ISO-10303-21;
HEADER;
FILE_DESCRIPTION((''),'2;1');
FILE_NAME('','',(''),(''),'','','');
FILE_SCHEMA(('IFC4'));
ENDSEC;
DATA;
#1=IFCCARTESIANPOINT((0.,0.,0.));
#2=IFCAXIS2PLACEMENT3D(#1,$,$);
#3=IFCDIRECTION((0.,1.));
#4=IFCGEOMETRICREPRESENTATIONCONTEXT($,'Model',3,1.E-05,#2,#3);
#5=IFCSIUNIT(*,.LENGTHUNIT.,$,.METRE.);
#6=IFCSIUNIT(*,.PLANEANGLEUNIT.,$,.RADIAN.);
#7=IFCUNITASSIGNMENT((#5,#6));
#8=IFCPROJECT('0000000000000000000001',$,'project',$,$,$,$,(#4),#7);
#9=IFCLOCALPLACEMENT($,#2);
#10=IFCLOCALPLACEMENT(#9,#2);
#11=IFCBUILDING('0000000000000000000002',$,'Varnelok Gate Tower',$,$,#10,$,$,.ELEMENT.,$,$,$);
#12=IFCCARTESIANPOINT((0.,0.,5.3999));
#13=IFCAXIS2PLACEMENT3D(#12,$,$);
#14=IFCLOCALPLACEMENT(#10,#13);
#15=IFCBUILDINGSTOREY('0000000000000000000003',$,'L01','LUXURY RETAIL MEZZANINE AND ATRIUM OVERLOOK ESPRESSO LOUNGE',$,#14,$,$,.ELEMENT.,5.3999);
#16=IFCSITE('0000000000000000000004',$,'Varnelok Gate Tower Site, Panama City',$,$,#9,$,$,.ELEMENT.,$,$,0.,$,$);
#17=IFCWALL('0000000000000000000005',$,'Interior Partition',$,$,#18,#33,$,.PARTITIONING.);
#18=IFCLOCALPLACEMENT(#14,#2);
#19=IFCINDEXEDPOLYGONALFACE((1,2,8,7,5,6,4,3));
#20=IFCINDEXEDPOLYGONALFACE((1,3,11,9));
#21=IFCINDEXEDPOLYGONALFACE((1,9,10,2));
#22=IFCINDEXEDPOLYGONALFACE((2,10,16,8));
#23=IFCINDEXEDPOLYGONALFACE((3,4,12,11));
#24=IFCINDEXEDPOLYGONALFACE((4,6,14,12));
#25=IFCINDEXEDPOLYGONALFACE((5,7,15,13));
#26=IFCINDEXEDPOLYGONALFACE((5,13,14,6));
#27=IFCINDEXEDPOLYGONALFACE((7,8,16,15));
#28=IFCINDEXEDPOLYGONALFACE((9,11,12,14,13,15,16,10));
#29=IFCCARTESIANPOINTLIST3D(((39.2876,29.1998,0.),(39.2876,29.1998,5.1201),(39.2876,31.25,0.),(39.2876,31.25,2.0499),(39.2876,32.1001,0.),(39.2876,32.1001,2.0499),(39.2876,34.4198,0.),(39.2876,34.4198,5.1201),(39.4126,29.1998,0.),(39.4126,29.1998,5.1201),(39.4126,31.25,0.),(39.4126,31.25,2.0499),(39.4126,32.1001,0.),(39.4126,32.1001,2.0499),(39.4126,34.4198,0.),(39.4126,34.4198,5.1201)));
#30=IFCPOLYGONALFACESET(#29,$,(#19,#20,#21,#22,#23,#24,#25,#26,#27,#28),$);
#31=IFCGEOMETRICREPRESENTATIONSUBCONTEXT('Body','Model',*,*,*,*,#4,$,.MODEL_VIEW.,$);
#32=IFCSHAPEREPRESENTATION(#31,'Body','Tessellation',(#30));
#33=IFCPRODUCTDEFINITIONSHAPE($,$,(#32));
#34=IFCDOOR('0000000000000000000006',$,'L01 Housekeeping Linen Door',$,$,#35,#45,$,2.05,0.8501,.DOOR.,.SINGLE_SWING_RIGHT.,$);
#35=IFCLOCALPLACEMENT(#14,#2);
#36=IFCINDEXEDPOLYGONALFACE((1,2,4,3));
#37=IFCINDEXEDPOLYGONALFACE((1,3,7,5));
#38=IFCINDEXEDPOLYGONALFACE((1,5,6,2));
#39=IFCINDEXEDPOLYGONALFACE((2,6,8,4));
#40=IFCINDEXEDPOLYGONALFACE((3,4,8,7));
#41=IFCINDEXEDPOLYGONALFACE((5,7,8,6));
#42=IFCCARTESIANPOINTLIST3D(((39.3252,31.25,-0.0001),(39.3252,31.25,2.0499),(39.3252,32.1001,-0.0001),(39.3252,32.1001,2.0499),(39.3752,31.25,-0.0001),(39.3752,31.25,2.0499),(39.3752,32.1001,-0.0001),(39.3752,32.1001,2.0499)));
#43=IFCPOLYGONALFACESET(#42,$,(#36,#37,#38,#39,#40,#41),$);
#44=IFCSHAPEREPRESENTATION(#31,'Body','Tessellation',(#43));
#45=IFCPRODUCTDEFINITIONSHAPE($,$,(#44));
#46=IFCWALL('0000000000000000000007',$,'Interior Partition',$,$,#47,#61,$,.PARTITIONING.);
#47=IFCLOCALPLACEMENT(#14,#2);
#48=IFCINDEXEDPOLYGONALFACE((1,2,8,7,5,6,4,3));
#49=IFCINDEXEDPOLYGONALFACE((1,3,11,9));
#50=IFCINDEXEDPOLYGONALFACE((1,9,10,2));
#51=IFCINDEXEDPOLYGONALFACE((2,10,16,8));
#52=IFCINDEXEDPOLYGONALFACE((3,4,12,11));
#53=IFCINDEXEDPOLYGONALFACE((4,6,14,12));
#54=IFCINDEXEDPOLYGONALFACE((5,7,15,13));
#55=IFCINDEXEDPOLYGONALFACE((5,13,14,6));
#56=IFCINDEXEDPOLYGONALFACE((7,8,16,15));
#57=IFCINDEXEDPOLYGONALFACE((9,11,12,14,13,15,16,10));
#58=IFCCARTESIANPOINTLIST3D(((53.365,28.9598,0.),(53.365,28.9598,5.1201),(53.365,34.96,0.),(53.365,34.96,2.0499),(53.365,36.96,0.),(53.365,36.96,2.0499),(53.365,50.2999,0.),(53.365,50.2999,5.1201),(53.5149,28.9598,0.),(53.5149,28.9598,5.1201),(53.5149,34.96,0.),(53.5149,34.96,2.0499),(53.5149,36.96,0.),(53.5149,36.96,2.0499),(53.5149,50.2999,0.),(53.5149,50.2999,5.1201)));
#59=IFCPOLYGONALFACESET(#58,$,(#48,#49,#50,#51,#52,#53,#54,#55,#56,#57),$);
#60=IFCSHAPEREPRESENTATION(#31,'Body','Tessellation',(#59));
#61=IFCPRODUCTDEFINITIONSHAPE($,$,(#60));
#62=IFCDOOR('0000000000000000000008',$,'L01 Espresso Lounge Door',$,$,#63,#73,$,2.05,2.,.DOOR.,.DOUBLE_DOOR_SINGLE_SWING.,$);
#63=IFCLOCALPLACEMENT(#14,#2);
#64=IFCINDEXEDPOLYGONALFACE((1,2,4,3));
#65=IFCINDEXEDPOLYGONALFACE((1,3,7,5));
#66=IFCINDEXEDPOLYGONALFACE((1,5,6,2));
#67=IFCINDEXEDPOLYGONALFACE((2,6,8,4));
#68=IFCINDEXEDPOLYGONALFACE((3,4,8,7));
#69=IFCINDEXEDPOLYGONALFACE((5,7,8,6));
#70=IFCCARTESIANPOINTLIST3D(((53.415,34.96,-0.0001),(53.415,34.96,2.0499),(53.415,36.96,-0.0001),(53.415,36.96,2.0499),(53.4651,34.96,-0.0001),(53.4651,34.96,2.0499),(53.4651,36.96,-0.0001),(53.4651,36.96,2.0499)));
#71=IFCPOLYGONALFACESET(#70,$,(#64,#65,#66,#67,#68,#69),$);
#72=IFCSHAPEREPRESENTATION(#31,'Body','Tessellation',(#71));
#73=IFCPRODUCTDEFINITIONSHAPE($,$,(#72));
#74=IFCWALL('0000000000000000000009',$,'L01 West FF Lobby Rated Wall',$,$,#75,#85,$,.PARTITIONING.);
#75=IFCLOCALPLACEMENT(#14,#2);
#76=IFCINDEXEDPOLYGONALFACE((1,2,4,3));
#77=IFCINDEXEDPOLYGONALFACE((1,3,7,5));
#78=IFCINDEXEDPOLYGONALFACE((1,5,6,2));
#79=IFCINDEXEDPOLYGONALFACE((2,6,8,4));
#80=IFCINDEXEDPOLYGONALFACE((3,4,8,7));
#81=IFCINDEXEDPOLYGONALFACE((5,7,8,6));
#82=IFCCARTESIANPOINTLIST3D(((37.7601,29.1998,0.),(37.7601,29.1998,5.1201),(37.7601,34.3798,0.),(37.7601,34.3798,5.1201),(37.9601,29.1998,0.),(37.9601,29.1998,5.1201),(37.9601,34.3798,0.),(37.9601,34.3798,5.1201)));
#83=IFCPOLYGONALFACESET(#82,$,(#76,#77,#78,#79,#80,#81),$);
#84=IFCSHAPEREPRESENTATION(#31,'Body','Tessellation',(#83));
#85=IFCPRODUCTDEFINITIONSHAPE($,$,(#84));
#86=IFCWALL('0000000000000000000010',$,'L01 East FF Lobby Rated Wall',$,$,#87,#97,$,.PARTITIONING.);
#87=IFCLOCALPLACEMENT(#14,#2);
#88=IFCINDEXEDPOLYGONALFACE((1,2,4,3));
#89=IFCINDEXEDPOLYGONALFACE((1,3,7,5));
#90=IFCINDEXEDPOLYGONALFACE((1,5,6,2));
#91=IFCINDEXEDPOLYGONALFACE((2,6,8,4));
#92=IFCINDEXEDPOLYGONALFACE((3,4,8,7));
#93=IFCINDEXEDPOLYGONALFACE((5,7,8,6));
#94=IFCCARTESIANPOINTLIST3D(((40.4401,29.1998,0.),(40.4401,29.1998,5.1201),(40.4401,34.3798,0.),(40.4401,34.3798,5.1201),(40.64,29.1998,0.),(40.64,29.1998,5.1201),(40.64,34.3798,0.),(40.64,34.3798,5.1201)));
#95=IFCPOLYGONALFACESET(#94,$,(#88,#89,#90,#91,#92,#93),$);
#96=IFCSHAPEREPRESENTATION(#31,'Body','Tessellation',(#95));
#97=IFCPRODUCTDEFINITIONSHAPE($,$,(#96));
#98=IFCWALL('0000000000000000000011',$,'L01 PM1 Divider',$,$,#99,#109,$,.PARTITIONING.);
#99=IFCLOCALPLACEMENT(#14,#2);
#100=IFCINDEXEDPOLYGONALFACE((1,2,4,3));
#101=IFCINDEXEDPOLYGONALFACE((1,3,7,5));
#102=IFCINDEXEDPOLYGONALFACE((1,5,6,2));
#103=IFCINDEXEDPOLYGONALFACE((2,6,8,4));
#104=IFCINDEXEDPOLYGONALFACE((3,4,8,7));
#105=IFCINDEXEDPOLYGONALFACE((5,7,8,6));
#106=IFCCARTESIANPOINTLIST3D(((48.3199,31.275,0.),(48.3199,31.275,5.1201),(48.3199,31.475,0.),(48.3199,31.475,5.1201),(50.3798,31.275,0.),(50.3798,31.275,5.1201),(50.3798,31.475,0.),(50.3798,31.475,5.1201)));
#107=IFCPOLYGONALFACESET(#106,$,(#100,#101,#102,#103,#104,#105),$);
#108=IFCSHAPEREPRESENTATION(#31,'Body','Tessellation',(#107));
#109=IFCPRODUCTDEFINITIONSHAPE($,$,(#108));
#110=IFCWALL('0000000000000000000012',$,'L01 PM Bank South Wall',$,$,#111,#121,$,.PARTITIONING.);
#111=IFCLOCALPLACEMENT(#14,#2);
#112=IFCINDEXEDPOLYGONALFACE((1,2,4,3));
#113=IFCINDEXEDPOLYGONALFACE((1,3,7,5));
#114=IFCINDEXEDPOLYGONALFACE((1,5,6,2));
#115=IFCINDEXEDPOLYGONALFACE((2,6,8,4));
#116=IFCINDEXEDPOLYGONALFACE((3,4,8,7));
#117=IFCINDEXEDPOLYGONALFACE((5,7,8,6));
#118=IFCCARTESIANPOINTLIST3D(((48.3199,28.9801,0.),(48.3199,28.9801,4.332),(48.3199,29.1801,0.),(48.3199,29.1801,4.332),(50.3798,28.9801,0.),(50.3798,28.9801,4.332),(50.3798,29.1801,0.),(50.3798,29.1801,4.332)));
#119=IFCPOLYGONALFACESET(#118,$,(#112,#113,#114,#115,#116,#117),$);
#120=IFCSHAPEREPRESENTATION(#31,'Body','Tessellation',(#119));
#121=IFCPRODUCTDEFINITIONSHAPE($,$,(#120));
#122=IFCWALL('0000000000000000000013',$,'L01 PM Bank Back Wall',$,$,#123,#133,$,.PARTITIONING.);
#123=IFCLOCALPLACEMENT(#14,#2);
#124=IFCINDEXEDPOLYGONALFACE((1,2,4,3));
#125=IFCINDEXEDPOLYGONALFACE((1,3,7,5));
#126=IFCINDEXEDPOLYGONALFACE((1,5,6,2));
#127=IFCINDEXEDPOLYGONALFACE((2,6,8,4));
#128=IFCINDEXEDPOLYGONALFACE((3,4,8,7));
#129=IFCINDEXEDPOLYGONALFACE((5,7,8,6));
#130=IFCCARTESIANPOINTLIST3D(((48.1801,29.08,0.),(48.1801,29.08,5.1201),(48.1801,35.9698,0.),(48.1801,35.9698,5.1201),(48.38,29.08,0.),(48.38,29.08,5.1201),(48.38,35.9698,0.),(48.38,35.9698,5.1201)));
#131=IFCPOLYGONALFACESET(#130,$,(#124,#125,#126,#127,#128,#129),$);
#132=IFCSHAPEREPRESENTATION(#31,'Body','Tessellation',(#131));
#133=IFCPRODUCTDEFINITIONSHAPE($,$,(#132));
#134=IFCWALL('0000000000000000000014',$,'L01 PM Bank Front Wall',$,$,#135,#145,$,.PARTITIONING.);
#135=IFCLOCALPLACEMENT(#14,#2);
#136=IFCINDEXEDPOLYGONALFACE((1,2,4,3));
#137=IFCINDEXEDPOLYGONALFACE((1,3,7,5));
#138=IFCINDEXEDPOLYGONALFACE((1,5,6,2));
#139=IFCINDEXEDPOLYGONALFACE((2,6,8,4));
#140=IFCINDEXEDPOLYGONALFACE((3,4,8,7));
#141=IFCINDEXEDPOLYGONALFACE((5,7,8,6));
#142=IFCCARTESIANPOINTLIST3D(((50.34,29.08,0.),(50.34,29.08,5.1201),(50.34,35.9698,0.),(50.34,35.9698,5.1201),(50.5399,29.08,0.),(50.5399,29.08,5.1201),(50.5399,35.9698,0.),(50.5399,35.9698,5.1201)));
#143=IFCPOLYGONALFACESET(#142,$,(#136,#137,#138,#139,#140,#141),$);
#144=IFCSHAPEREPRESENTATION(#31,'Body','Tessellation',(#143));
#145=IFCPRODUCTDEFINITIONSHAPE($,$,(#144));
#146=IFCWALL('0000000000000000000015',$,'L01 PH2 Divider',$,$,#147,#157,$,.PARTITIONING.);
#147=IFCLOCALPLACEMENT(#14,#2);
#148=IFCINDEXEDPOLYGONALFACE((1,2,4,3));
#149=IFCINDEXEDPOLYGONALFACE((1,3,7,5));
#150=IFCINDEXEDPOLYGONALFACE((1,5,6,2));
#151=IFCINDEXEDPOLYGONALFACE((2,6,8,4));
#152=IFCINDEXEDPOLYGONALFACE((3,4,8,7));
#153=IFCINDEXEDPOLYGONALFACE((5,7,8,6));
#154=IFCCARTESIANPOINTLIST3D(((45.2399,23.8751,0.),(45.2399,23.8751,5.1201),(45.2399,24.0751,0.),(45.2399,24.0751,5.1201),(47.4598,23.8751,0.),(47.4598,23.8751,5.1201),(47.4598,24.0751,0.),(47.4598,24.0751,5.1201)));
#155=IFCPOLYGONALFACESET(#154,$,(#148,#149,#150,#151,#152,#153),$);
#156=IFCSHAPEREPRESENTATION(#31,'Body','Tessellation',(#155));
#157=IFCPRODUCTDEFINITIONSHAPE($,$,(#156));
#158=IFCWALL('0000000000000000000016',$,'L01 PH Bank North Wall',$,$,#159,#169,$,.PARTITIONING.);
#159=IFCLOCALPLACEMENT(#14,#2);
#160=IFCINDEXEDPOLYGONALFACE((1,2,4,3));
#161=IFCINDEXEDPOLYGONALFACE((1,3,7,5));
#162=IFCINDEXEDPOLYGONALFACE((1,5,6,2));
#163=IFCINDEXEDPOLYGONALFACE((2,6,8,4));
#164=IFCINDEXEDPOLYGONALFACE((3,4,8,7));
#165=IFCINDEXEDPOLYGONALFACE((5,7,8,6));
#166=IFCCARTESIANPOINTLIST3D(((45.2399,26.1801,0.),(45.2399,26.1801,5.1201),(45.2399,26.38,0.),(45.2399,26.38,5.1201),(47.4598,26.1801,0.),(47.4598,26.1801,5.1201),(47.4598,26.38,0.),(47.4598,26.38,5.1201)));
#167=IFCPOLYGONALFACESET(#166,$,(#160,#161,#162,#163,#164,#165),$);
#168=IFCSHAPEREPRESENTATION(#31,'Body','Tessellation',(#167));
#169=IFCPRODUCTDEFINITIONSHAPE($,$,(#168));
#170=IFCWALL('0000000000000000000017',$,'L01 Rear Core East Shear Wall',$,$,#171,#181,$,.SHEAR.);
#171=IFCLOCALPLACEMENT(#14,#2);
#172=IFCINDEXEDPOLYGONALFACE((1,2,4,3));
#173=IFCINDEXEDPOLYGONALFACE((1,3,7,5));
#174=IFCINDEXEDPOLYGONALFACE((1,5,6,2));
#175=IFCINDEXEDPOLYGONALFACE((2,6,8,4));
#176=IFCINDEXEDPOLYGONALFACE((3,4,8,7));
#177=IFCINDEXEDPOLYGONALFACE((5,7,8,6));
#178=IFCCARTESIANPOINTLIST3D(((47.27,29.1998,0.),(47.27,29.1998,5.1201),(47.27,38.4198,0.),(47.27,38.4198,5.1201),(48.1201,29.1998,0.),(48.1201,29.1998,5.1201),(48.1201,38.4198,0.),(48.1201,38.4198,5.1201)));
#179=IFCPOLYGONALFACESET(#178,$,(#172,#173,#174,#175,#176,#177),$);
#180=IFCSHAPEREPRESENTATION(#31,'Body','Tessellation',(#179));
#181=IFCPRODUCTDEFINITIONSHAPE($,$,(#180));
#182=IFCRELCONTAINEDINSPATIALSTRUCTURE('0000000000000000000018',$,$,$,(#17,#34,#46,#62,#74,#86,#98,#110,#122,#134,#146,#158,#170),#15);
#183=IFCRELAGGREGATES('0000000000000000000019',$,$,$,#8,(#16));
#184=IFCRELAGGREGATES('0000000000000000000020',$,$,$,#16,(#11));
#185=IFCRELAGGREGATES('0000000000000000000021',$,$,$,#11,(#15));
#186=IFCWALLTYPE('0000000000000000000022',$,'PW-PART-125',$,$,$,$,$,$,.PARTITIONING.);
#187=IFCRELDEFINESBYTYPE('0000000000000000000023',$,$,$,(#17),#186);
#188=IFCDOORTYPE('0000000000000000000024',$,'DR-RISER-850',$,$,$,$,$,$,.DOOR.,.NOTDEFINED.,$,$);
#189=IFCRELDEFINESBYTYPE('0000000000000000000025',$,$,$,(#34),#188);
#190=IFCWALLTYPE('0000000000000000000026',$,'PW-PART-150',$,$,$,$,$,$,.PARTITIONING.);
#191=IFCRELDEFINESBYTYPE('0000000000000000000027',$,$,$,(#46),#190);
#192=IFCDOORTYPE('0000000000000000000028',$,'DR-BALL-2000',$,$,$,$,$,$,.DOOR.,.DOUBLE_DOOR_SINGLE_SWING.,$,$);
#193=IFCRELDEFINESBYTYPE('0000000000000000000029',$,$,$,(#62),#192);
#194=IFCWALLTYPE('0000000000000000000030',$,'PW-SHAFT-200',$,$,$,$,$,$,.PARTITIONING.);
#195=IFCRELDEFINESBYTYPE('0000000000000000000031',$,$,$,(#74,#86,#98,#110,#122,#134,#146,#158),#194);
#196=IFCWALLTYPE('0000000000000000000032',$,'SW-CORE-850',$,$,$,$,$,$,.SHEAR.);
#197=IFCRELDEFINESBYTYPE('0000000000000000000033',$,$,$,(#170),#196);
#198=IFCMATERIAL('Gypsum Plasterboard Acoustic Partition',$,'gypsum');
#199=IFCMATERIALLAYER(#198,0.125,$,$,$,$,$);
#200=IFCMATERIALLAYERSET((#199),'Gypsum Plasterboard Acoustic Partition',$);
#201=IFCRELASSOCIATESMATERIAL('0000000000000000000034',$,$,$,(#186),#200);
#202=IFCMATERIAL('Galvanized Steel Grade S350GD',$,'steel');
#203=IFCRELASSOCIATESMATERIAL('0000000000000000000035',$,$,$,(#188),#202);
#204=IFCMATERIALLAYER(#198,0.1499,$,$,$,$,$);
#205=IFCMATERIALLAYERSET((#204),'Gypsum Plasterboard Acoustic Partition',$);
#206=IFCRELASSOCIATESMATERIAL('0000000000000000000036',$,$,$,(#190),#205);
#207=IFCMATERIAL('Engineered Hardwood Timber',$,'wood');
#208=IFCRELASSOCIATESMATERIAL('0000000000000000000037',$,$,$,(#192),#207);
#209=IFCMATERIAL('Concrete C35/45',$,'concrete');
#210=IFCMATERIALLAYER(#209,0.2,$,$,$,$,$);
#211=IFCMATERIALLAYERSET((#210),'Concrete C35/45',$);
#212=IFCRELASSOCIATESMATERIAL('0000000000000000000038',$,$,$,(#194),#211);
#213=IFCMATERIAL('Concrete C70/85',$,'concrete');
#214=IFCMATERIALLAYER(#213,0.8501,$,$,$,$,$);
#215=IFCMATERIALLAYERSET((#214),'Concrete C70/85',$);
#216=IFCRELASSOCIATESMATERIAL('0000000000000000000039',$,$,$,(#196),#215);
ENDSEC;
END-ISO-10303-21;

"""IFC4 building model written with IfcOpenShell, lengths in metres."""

from ifc_helpers import new_model, si_unit, direction, frame, frame_2d, origin, place, context, subcontext, project, spatial, rectangle, extrude, material, layer, layer_set, type_object, element, fill, save


model = new_model("IFC4")

# Units and contexts
model_context = context("Model", 3, precision=1e-05, world=origin(), true_north=direction((0.0, 1.0)))
body_context = subcontext(model_context, "Body", "Model", "MODEL_VIEW")
ifc_project = project(units=[si_unit("LENGTHUNIT", "METRE"), si_unit("PLANEANGLEUNIT", "RADIAN")], contexts=[model_context])

# Site, building, storey
site_placement = place(None, origin())
site = spatial("IfcSite", under=ifc_project, at=site_placement, Name="Varnelok Gate Tower Site, Panama City", CompositionType="ELEMENT", RefElevation=0.0)
building_placement = place(site_placement, origin())
building = spatial("IfcBuilding", under=site, at=building_placement, Name="Varnelok Gate Tower", CompositionType="ELEMENT")
storey_placement = place(building_placement, frame((0.0, 0.0, 5.3999)))
storey = spatial("IfcBuildingStorey", under=building, at=storey_placement, Name="L01", Description="LUXURY RETAIL MEZZANINE AND ATRIUM OVERLOOK ESPRESSO LOUNGE", CompositionType="ELEMENT", Elevation=5.3999)

# Shared definitions
ifc_material_1 = material(Name="Concrete C70/85", Category="concrete")

# Walls, openings, doors
ifc_material_2 = material(Name="Gypsum Plasterboard Acoustic Partition", Category="gypsum")
ifc_layer_1 = layer(ifc_material_2, 0.125)
ifc_layer_set_1 = layer_set([ifc_layer_1], Name="Gypsum Plasterboard Acoustic Partition")
wall_type_1 = type_object("IfcWallType", Name="PW-PART-125", PredefinedType="PARTITIONING", material=ifc_layer_set_1)
wall_1_placement = place(storey_placement, frame((39.3501, 29.2, 0.0), z_axis=(0.0, 0.0, 1.0), x_axis=(0.0, 1.0, 0.0)))
wall_1 = element("IfcWall", 1, at=wall_1_placement, inside=storey, type_object=wall_type_1, Name="Interior Partition", PredefinedType="PARTITIONING", context=body_context, shape_type="SweptSolid", body=[
    extrude(rectangle(XDim=5.22, YDim=0.125, at=frame_2d((2.6099, 0.0))), origin(), (0.0, 0.0, 1.0), 5.1201),
])
opening_1_placement = place(wall_1_placement, frame((2.05, 0.0, 0.0)))
opening_1 = element("IfcOpeningElement", 2, at=opening_1_placement, cuts=wall_1, PredefinedType="OPENING", context=body_context, shape_type="SweptSolid", body=[
    extrude(rectangle(XDim=0.8501, YDim=2.05, at=frame_2d((0.425, 1.0249))), frame((0.0, 0.0725, 0.0), z_axis=(0.0, -1.0, 0.0), x_axis=(1.0, 0.0, 0.0)), (0.0, 0.0, 1.0), 0.145),
])
ifc_material_3 = material(Name="Galvanized Steel Grade S350GD", Category="steel")
door_type_1 = type_object("IfcDoorType", Name="DR-RISER-850", OperationType="NOTDEFINED", PredefinedType="DOOR", material=ifc_material_3)
door_1_placement = place(opening_1_placement, origin())
door_1 = element("IfcDoor", 3, at=door_1_placement, inside=storey, type_object=door_type_1, Name="L01 Housekeeping Linen Door", OperationType="SINGLE_SWING_RIGHT", OverallHeight=2.05, OverallWidth=0.8501, PredefinedType="DOOR", context=body_context, shape_type="SweptSolid", body=[
    extrude(rectangle(XDim=0.8501, YDim=2.05, at=frame_2d((0.425, 1.0249))), frame((0.0, 0.0249, 0.0), z_axis=(0.0, -1.0, 0.0), x_axis=(1.0, 0.0, 0.0)), (0.0, 0.0, 1.0), 0.05),
])
fill(opening_1, door_1)
ifc_layer_2 = layer(ifc_material_2, 0.1499)
ifc_layer_set_2 = layer_set([ifc_layer_2], Name="Gypsum Plasterboard Acoustic Partition")
wall_type_2 = type_object("IfcWallType", Name="PW-PART-150", PredefinedType="PARTITIONING", material=ifc_layer_set_2)
wall_2_placement = place(storey_placement, frame((53.4399, 28.96, 0.0), z_axis=(0.0, 0.0, 1.0), x_axis=(0.0, 1.0, 0.0)))
wall_2 = element("IfcWall", 4, at=wall_2_placement, inside=storey, type_object=wall_type_2, Name="Interior Partition", PredefinedType="PARTITIONING", context=body_context, shape_type="SweptSolid", body=[
    extrude(rectangle(XDim=21.3401, YDim=0.1499, at=frame_2d((10.6699, 0.0))), origin(), (0.0, 0.0, 1.0), 5.1201),
])
opening_2_placement = place(wall_2_placement, frame((6.0, 0.0, 0.0)))
opening_2 = element("IfcOpeningElement", 5, at=opening_2_placement, cuts=wall_2, PredefinedType="OPENING", context=body_context, shape_type="SweptSolid", body=[
    extrude(rectangle(XDim=2.0, YDim=2.05, at=frame_2d((1.0, 1.0249))), frame((0.0, 0.085, 0.0), z_axis=(0.0, -1.0, 0.0), x_axis=(1.0, 0.0, 0.0)), (0.0, 0.0, 1.0), 0.1699),
])
ifc_material_4 = material(Name="Engineered Hardwood Timber", Category="wood")
door_type_2 = type_object("IfcDoorType", Name="DR-BALL-2000", OperationType="DOUBLE_DOOR_SINGLE_SWING", PredefinedType="DOOR", material=ifc_material_4)
door_2_placement = place(opening_2_placement, origin())
door_2 = element("IfcDoor", 6, at=door_2_placement, inside=storey, type_object=door_type_2, Name="L01 Espresso Lounge Door", OperationType="DOUBLE_DOOR_SINGLE_SWING", OverallHeight=2.05, OverallWidth=2.0, PredefinedType="DOOR", context=body_context, shape_type="SweptSolid", body=[
    extrude(rectangle(XDim=2.0, YDim=2.05, at=frame_2d((1.0, 1.0249))), frame((0.0, 0.0249, 0.0), z_axis=(0.0, -1.0, 0.0), x_axis=(1.0, 0.0, 0.0)), (0.0, 0.0, 1.0), 0.05),
])
fill(opening_2, door_2)

# Walls
ifc_material_5 = material(Name="Concrete C35/45", Category="concrete")
ifc_layer_3 = layer(ifc_material_5, 0.2)
ifc_layer_set_3 = layer_set([ifc_layer_3], Name="Concrete C35/45")
wall_type_3 = type_object("IfcWallType", Name="PW-SHAFT-200", PredefinedType="PARTITIONING", material=ifc_layer_set_3)
for number, where, z_axis, x_axis, name in (
    (7, (37.8601, 29.2, 0.0), (0.0, 0.0, 1.0), (0.0, 1.0, 0.0), "L01 West FF Lobby Rated Wall"),
    (8, (40.54, 29.2, 0.0), (0.0, 0.0, 1.0), (0.0, 1.0, 0.0), "L01 East FF Lobby Rated Wall"),
):
    element("IfcWall", number, at=place(storey_placement, frame(where, z_axis=z_axis, x_axis=x_axis)), inside=storey, type_object=wall_type_3, Name=name, PredefinedType="PARTITIONING", context=body_context, shape_type="SweptSolid", body=[
        extrude(rectangle(XDim=5.1799, YDim=0.2, at=frame_2d((2.5898, 0.0))), origin(), (0.0, 0.0, 1.0), 5.1201),
    ])
wall_3_placement = place(storey_placement, frame((48.3201, 31.375, 0.0), z_axis=(0.0, 0.0, 1.0), x_axis=(1.0, 0.0, 0.0)))
element("IfcWall", 9, at=wall_3_placement, inside=storey, type_object=wall_type_3, Name="L01 PM1 Divider", PredefinedType="PARTITIONING", context=body_context, shape_type="SweptSolid", body=[
    extrude(rectangle(XDim=2.0598, YDim=0.2, at=frame_2d((1.0298, 0.0))), origin(), (0.0, 0.0, 1.0), 5.1201),
])
wall_4_placement = place(storey_placement, frame((48.3201, 29.0801, 0.0), z_axis=(0.0, 0.0, 1.0), x_axis=(1.0, 0.0, 0.0)))
element("IfcWall", 10, at=wall_4_placement, inside=storey, type_object=wall_type_3, Name="L01 PM Bank South Wall", PredefinedType="PARTITIONING", context=body_context, shape_type="SweptSolid", body=[
    extrude(rectangle(XDim=2.0598, YDim=0.2, at=frame_2d((1.0298, 0.0))), origin(), (0.0, 0.0, 1.0), 4.332),
])
for number, where, z_axis, x_axis, name in (
    (11, (48.28, 29.0801, 0.0), (0.0, 0.0, 1.0), (0.0, 1.0, 0.0), "L01 PM Bank Back Wall"),
    (12, (50.4399, 29.0801, 0.0), (0.0, 0.0, 1.0), (0.0, 1.0, 0.0), "L01 PM Bank Front Wall"),
):
    element("IfcWall", number, at=place(storey_placement, frame(where, z_axis=z_axis, x_axis=x_axis)), inside=storey, type_object=wall_type_3, Name=name, PredefinedType="PARTITIONING", context=body_context, shape_type="SweptSolid", body=[
        extrude(rectangle(XDim=6.8899, YDim=0.2, at=frame_2d((3.4448, 0.0))), origin(), (0.0, 0.0, 1.0), 5.1201),
    ])
for number, where, z_axis, x_axis, name in (
    (13, (45.24, 23.9751, 0.0), (0.0, 0.0, 1.0), (1.0, 0.0, 0.0), "L01 PH2 Divider"),
    (14, (45.24, 26.28, 0.0), (0.0, 0.0, 1.0), (1.0, 0.0, 0.0), "L01 PH Bank North Wall"),
):
    element("IfcWall", number, at=place(storey_placement, frame(where, z_axis=z_axis, x_axis=x_axis)), inside=storey, type_object=wall_type_3, Name=name, PredefinedType="PARTITIONING", context=body_context, shape_type="SweptSolid", body=[
        extrude(rectangle(XDim=2.22, YDim=0.2, at=frame_2d((1.1099, 0.0))), origin(), (0.0, 0.0, 1.0), 5.1201),
    ])
ifc_layer_4 = layer(ifc_material_1, 0.8501)
ifc_layer_set_4 = layer_set([ifc_layer_4], Name="Concrete C70/85")
wall_type_4 = type_object("IfcWallType", Name="SW-CORE-850", PredefinedType="SHEAR", material=ifc_layer_set_4)
wall_5_placement = place(storey_placement, frame((47.6951, 29.2, 0.0), z_axis=(0.0, 0.0, 1.0), x_axis=(0.0, 1.0, 0.0)))
element("IfcWall", 15, at=wall_5_placement, inside=storey, type_object=wall_type_4, Name="L01 Rear Core East Shear Wall", PredefinedType="SHEAR", context=body_context, shape_type="SweptSolid", body=[
    extrude(rectangle(XDim=9.22, YDim=0.8501, at=frame_2d((4.6099, 0.0))), origin(), (0.0, 0.0, 1.0), 5.1201),
])

save(model, "model.ifc")
